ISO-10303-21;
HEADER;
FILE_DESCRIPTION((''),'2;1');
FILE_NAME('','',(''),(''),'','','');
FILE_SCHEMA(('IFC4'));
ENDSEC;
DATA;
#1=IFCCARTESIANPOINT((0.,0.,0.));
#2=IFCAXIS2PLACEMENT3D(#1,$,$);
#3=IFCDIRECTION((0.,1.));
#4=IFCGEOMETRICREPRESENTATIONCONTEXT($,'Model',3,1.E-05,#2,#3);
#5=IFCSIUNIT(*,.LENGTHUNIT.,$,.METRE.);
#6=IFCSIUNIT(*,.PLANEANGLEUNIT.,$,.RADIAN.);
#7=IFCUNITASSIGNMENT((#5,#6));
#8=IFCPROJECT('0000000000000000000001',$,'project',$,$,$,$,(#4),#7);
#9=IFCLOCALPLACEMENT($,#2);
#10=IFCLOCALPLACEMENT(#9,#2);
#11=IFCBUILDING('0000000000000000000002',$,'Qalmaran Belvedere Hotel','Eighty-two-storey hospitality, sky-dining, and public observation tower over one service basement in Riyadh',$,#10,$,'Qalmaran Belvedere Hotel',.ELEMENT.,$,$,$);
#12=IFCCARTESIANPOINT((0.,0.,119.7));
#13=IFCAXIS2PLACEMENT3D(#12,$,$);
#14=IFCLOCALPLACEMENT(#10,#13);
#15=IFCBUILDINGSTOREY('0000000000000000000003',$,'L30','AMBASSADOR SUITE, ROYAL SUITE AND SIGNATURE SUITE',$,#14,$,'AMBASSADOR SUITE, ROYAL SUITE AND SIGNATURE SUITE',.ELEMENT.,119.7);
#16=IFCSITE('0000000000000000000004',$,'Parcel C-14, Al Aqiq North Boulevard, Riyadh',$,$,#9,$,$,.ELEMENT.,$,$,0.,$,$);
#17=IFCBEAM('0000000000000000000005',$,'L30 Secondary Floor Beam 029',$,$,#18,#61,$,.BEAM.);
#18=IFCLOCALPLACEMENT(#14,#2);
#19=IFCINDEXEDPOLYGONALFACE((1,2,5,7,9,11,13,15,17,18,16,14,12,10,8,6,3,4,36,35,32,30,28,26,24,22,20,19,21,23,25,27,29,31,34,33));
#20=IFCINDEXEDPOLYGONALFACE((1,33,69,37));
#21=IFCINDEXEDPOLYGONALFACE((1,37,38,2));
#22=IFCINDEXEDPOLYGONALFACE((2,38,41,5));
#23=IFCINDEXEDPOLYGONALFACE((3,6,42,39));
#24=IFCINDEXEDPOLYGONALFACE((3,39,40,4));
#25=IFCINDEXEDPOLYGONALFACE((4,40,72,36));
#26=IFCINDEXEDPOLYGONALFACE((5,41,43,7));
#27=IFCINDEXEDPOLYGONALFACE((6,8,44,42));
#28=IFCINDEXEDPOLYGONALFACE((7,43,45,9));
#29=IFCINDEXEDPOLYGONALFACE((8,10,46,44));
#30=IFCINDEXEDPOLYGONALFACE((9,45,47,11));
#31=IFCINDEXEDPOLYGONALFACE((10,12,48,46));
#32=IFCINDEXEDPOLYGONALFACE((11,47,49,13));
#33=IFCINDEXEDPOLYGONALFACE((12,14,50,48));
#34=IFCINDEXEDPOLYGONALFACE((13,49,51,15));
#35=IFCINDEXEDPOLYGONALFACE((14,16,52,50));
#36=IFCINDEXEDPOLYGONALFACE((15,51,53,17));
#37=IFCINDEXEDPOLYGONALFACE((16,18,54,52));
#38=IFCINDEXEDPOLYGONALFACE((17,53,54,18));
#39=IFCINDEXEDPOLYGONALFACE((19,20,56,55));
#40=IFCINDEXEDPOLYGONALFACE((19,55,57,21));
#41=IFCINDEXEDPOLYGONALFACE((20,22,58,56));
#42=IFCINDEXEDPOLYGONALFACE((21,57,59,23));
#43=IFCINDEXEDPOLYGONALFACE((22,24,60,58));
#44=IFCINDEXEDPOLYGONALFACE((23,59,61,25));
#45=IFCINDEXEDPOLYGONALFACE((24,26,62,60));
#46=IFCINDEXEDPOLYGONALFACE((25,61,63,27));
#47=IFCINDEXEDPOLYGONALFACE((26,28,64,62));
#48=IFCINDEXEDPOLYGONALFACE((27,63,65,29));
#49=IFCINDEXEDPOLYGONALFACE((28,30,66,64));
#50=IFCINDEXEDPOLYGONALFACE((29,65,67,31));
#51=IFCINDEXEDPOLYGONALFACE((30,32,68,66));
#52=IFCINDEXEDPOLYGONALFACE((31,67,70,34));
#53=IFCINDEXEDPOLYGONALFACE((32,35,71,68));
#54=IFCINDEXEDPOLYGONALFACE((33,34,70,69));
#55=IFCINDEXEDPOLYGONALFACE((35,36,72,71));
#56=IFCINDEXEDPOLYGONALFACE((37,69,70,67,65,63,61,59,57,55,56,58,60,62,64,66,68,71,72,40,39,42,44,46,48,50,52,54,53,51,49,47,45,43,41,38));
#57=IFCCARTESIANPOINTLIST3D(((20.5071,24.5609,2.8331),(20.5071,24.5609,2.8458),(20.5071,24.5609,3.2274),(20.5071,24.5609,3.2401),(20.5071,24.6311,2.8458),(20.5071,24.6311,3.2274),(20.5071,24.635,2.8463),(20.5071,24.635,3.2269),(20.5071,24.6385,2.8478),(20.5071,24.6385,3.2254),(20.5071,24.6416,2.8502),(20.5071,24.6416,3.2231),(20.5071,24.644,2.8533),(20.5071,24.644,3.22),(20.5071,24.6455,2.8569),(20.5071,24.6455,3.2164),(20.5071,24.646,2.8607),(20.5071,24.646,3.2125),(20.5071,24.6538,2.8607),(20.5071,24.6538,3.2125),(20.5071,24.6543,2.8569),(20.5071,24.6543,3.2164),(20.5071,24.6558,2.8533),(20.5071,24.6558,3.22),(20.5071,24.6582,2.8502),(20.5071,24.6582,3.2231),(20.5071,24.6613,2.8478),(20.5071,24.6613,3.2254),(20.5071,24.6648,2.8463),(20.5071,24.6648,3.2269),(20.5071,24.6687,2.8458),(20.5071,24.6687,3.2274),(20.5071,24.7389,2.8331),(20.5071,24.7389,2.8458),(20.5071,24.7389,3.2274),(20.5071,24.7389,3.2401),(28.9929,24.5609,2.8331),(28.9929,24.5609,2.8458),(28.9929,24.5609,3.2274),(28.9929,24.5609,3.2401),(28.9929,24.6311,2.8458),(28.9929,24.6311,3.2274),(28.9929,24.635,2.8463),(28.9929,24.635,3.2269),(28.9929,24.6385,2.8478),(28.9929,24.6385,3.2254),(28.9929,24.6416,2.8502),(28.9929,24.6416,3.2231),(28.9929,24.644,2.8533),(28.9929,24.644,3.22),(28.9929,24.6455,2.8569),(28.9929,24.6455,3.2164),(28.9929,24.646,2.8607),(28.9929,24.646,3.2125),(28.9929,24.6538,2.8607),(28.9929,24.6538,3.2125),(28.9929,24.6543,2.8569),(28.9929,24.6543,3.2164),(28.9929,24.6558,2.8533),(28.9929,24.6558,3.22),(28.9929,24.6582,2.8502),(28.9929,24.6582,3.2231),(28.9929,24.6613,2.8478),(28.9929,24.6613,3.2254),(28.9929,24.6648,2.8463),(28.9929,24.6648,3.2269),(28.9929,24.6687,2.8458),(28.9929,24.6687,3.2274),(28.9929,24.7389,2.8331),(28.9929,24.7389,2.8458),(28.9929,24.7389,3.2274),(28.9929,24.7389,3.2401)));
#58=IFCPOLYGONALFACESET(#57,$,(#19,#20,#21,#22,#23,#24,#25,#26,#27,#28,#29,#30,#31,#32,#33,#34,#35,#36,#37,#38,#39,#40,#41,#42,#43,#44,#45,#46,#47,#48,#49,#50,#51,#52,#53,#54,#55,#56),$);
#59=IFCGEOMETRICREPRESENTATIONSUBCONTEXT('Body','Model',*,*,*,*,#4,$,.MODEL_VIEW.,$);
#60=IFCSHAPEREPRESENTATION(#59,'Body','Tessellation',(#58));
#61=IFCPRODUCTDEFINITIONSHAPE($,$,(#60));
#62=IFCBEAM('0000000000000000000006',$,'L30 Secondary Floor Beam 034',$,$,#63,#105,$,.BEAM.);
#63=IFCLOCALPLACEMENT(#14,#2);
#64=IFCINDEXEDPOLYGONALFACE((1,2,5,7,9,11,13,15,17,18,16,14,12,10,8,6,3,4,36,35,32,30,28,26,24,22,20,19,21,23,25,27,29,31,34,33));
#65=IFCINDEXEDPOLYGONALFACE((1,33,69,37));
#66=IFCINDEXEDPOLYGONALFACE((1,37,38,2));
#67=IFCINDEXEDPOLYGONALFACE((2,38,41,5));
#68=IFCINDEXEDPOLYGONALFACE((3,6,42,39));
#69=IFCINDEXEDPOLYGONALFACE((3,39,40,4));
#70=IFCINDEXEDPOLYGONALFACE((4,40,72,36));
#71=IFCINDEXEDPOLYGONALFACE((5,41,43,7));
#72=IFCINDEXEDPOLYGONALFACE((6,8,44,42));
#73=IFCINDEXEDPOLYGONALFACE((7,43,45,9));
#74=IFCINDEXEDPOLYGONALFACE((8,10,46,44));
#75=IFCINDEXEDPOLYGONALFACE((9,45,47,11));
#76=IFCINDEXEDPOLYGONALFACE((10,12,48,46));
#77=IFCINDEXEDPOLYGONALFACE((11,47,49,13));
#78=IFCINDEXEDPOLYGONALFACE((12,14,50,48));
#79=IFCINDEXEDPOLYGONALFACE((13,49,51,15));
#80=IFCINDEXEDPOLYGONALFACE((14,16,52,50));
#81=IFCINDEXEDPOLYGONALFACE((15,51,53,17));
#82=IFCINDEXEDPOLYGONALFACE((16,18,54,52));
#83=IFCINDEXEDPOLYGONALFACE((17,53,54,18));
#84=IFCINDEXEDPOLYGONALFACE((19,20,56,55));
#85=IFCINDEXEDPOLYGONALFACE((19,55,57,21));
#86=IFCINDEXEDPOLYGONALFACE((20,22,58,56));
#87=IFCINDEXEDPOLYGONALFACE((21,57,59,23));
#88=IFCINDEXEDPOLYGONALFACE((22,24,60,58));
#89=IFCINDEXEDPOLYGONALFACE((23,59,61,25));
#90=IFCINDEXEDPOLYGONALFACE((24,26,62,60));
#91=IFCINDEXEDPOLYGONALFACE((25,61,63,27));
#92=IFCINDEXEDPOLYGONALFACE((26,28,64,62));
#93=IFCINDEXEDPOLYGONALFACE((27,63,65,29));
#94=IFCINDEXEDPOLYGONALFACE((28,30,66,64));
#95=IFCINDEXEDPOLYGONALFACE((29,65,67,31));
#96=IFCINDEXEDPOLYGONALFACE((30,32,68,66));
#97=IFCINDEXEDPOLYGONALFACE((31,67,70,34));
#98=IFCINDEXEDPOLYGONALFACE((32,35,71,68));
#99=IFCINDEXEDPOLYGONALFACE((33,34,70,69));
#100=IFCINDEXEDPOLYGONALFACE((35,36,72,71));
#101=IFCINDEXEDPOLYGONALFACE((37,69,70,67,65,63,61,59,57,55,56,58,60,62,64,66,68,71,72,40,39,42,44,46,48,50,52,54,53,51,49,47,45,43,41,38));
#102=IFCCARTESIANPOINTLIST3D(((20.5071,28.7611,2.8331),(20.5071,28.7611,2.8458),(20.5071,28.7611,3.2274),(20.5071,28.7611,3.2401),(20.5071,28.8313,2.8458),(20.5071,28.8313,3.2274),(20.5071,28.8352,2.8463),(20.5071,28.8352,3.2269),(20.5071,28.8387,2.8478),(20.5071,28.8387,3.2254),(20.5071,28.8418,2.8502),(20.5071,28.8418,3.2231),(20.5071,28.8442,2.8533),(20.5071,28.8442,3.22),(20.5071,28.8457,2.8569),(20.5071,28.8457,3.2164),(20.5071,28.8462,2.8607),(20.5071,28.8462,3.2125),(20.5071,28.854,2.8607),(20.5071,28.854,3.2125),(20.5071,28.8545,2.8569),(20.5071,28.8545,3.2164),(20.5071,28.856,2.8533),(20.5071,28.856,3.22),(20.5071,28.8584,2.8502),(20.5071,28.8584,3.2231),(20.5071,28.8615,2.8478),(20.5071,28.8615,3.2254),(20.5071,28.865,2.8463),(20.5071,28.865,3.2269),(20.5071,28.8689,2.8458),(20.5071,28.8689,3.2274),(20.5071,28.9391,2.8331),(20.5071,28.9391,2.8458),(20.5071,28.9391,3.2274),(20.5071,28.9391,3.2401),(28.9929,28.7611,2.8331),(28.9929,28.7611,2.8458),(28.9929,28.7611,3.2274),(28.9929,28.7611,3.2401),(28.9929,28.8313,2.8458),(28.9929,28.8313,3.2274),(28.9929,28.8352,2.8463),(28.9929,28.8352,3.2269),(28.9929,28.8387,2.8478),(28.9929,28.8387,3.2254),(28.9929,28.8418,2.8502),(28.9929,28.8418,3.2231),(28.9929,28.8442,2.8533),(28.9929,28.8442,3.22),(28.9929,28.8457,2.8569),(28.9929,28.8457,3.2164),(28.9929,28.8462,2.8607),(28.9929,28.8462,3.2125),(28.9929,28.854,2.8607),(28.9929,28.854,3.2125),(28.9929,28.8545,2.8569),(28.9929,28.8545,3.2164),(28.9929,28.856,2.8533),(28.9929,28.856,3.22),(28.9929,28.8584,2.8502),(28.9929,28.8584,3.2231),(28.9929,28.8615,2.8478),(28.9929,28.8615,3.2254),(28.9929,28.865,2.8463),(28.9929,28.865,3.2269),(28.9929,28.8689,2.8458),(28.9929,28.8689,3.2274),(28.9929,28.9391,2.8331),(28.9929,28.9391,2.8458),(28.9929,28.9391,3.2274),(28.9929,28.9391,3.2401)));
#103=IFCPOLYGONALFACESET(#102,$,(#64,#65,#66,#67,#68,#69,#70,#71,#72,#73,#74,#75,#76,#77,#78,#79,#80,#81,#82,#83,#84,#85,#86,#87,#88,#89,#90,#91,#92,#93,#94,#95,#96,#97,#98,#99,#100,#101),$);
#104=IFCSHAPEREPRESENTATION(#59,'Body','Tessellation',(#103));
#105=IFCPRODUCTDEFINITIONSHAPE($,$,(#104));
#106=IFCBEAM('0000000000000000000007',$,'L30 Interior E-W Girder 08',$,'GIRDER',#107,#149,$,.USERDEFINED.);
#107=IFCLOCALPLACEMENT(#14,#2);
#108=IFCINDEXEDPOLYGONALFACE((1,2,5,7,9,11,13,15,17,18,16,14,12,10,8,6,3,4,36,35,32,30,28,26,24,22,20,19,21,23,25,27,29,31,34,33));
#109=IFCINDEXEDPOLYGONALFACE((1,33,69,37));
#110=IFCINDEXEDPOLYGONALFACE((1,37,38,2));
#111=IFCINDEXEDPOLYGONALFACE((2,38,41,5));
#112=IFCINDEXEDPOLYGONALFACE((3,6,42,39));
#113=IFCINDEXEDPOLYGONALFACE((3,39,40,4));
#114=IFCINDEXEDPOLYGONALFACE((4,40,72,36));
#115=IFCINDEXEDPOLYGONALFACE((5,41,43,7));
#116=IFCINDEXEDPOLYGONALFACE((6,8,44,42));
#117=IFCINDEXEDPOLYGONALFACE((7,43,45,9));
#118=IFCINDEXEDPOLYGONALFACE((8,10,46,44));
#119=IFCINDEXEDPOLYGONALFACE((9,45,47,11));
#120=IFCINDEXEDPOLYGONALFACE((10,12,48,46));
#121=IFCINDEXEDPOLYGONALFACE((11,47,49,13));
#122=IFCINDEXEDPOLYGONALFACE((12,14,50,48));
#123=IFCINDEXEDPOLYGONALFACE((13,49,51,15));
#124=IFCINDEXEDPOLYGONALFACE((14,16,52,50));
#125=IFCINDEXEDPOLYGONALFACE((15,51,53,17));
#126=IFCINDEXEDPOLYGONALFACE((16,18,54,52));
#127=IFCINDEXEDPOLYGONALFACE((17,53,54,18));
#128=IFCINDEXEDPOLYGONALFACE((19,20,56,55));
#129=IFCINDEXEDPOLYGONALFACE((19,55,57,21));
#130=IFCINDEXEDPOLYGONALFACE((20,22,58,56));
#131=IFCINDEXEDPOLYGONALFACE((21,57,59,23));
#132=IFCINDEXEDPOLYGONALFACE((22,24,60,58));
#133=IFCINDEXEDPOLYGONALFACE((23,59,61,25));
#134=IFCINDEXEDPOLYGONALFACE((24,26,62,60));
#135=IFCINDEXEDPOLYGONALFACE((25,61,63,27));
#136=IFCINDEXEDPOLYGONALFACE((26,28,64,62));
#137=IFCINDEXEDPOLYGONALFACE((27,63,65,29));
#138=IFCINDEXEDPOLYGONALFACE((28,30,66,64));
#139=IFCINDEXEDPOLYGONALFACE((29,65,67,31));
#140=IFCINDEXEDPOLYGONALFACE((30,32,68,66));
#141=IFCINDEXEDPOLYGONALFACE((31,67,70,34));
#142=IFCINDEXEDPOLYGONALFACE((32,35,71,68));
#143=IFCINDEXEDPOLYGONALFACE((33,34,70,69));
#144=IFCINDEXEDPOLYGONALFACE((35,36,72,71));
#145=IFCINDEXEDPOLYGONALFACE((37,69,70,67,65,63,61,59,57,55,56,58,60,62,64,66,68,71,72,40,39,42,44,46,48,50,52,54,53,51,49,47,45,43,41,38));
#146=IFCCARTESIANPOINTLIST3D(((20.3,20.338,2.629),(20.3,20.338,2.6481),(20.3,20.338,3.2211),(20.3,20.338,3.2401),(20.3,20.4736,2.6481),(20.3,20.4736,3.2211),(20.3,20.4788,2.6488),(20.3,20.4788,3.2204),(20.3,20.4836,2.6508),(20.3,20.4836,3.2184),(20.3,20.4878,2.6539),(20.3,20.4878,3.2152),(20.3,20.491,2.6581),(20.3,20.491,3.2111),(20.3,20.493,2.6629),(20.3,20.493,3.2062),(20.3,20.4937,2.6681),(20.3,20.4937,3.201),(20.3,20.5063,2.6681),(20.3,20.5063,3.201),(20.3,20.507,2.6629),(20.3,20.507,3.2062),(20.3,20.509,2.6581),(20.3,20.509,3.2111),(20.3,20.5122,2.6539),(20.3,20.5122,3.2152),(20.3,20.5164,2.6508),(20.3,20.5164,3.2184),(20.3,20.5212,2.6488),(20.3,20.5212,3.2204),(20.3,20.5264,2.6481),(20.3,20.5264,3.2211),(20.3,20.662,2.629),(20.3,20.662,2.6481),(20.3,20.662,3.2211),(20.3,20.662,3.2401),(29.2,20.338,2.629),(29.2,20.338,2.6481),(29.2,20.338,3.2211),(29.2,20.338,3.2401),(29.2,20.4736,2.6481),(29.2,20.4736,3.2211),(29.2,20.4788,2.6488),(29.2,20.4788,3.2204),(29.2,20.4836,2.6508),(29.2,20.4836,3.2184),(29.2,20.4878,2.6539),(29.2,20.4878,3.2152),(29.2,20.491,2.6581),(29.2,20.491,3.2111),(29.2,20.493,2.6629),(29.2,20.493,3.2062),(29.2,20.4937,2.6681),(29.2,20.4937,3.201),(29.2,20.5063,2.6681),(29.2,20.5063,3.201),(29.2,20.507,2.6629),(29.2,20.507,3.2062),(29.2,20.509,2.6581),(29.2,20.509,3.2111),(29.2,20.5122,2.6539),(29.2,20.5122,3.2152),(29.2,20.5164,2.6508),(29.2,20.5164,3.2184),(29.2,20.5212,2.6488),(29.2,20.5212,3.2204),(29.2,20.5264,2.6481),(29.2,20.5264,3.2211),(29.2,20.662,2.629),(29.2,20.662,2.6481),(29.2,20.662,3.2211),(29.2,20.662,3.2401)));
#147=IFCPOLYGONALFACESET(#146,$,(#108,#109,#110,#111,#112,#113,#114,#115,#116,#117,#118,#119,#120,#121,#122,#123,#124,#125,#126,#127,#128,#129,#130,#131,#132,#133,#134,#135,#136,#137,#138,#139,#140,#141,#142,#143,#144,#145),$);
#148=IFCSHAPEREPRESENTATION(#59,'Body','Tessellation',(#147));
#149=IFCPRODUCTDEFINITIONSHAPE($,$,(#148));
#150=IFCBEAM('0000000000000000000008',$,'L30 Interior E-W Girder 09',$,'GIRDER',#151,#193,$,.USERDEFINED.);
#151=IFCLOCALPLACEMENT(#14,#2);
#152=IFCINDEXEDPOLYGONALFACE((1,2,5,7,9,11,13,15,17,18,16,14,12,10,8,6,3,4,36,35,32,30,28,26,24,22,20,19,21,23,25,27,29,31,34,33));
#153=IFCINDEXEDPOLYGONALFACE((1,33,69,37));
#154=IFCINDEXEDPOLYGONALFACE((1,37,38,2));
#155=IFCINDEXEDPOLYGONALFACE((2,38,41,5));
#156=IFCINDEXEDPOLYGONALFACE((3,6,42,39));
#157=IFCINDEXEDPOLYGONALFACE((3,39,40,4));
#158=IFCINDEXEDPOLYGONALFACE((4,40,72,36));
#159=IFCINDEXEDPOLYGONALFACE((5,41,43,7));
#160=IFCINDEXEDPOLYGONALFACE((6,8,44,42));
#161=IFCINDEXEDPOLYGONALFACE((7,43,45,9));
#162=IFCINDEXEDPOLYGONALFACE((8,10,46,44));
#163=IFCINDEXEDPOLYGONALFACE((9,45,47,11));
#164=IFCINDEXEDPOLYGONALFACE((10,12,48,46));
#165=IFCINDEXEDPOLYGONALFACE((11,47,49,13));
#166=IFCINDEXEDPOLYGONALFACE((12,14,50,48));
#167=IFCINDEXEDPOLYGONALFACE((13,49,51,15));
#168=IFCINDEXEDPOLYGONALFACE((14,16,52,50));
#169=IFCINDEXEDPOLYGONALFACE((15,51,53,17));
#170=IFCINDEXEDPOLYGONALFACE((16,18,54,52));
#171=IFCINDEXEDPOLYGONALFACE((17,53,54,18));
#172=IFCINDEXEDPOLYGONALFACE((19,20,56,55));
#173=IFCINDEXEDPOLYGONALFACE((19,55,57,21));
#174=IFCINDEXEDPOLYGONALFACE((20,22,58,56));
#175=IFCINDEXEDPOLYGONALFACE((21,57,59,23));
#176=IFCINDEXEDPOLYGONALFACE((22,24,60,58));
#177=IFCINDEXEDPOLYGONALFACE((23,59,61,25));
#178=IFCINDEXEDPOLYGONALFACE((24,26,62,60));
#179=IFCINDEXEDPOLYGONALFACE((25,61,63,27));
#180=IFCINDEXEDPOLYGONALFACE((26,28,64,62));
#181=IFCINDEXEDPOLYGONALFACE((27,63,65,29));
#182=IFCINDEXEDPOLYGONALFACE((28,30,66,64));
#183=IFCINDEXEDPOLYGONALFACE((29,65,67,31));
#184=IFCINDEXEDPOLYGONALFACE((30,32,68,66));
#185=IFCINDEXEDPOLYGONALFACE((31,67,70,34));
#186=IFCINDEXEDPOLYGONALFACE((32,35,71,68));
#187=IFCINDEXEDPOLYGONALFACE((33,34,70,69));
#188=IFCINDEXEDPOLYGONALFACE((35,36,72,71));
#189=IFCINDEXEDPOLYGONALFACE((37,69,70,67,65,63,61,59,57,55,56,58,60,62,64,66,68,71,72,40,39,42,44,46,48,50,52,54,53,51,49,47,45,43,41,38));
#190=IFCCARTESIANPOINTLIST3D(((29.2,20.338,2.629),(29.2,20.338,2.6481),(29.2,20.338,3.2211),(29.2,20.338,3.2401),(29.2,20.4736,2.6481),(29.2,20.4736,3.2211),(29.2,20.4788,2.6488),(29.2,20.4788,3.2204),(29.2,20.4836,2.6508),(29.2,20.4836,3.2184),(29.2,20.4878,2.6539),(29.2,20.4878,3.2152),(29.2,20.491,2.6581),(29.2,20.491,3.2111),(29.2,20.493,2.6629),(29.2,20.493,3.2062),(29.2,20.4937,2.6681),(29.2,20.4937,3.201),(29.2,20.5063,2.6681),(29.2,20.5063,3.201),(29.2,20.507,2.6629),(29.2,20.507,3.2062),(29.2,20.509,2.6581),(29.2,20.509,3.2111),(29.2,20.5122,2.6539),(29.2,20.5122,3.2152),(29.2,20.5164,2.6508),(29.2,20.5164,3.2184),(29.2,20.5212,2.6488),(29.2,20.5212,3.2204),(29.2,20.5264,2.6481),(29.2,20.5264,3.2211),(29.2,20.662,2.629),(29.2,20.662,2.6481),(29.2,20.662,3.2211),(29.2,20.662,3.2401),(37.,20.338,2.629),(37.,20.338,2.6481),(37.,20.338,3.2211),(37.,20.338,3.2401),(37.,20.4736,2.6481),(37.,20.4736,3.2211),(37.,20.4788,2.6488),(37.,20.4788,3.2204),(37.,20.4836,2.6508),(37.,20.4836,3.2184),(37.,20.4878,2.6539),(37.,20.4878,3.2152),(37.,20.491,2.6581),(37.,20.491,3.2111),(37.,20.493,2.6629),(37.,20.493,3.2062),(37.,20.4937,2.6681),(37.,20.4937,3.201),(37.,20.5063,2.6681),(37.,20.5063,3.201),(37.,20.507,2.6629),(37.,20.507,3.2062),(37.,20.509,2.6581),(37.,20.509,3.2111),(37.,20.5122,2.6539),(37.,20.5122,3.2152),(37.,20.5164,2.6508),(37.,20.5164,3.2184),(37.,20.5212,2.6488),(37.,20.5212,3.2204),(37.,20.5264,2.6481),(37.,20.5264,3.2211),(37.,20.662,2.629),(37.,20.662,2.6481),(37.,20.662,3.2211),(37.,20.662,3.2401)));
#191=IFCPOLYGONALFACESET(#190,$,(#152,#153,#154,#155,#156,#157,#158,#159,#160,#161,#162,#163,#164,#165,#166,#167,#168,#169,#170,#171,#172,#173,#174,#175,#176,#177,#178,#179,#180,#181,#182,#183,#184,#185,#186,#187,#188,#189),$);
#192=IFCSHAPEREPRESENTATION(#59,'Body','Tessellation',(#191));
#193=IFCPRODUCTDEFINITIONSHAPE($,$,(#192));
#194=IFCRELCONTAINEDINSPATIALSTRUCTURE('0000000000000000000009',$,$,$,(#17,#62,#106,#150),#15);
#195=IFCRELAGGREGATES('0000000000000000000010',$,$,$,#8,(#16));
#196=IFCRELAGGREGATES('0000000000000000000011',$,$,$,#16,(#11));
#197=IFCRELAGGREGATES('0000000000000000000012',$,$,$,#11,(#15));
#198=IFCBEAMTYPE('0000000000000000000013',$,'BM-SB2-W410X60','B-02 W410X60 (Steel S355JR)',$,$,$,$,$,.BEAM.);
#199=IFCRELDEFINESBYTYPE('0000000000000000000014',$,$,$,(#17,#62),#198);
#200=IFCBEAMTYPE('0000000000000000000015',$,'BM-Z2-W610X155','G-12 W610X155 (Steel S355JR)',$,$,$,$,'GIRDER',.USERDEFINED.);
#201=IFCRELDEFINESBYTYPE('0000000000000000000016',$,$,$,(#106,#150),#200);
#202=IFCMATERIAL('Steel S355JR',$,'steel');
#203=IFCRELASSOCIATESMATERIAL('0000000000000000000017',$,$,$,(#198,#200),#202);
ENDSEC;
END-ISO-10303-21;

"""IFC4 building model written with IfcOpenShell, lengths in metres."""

from ifc_helpers import new_model, si_unit, direction, frame, origin, origin_2d, place, context, subcontext, project, spatial, i_section, extrude, material, material_profile, profile_set, type_object, element, save


model = new_model("IFC4")

# Units and contexts
model_context = context("Model", 3, precision=1e-05, world=origin(), true_north=direction((0.0, 1.0)))
body_context = subcontext(model_context, "Body", "Model", "MODEL_VIEW")
ifc_project = project(units=[si_unit("LENGTHUNIT", "METRE"), si_unit("PLANEANGLEUNIT", "RADIAN")], contexts=[model_context])

# Site, building, storey
site_placement = place(None, origin())
site = spatial("IfcSite", under=ifc_project, at=site_placement, Name="Parcel C-14, Al Aqiq North Boulevard, Riyadh", CompositionType="ELEMENT", RefElevation=0.0)
building_placement = place(site_placement, origin())
building = spatial("IfcBuilding", under=site, at=building_placement, Name="Qalmaran Belvedere Hotel", Description="Eighty-two-storey hospitality, sky-dining, and public observation tower over one service basement in Riyadh", LongName="Qalmaran Belvedere Hotel", CompositionType="ELEMENT")
storey_placement = place(building_placement, frame((0.0, 0.0, 119.7)))
storey = spatial("IfcBuildingStorey", under=building, at=storey_placement, Name="L30", Description="AMBASSADOR SUITE, ROYAL SUITE AND SIGNATURE SUITE", LongName="AMBASSADOR SUITE, ROYAL SUITE AND SIGNATURE SUITE", CompositionType="ELEMENT", Elevation=119.7)

# Beams
ifc_material_1 = material(Name="Steel S355JR", Category="steel")
ifc_material_profile_1 = material_profile(ifc_material_1, i_section(OverallWidth=0.178, OverallDepth=0.407, WebThickness=0.0078, FlangeThickness=0.0127, FilletRadius=0.0149, at=origin_2d()), Name="W410X60")
ifc_profile_set_1 = profile_set([ifc_material_profile_1], Name="Steel S355JR")
beam_type_1 = type_object("IfcBeamType", Name="BM-SB2-W410X60", Description="B-02 W410X60 (Steel S355JR)", PredefinedType="BEAM", material=ifc_profile_set_1)
for number, where, z_axis, x_axis, name in (
    (1, (20.5071, 24.6499, 3.0366), (1.0, 0.0, 0.0), (0.0, 1.0, 0.0), "L30 Secondary Floor Beam 029"),
    (2, (20.5071, 28.8501, 3.0366), (1.0, 0.0, 0.0), (0.0, 1.0, 0.0), "L30 Secondary Floor Beam 034"),
):
    element("IfcBeam", number, at=place(storey_placement, frame(where, z_axis=z_axis, x_axis=x_axis)), inside=storey, type_object=beam_type_1, Name=name, PredefinedType="BEAM", context=body_context, shape_type="SweptSolid", body=[
        extrude(i_section(OverallWidth=0.178, OverallDepth=0.407, WebThickness=0.0078, FlangeThickness=0.0127, FilletRadius=0.0149, at=origin_2d()), origin(), (0.0, 0.0, 1.0), 8.4858),
    ])
ifc_material_profile_2 = material_profile(ifc_material_1, i_section(OverallWidth=0.324, OverallDepth=0.6111, WebThickness=0.0127, FlangeThickness=0.019, FilletRadius=0.02, at=origin_2d()), Name="W610X155")
ifc_profile_set_2 = profile_set([ifc_material_profile_2], Name="Steel S355JR")
beam_type_2 = type_object("IfcBeamType", Name="BM-Z2-W610X155", Description="G-12 W610X155 (Steel S355JR)", ElementType="GIRDER", PredefinedType="USERDEFINED", material=ifc_profile_set_2)
beam_1_placement = place(storey_placement, frame((20.3, 20.5, 2.9346), z_axis=(1.0, 0.0, 0.0), x_axis=(0.0, 1.0, 0.0)))
element("IfcBeam", 3, at=beam_1_placement, inside=storey, type_object=beam_type_2, Name="L30 Interior E-W Girder 08", ObjectType="GIRDER", PredefinedType="USERDEFINED", context=body_context, shape_type="SweptSolid", body=[
    extrude(i_section(OverallWidth=0.324, OverallDepth=0.6111, WebThickness=0.0127, FlangeThickness=0.019, FilletRadius=0.02, at=origin_2d()), origin(), (0.0, 0.0, 1.0), 8.8999),
])
beam_2_placement = place(storey_placement, frame((29.2, 20.5, 2.9346), z_axis=(1.0, 0.0, 0.0), x_axis=(0.0, 1.0, 0.0)))
element("IfcBeam", 4, at=beam_2_placement, inside=storey, type_object=beam_type_2, Name="L30 Interior E-W Girder 09", ObjectType="GIRDER", PredefinedType="USERDEFINED", context=body_context, shape_type="SweptSolid", body=[
    extrude(i_section(OverallWidth=0.324, OverallDepth=0.6111, WebThickness=0.0127, FlangeThickness=0.019, FilletRadius=0.02, at=origin_2d()), origin(), (0.0, 0.0, 1.0), 7.8),
])

save(model, "model.ifc")
